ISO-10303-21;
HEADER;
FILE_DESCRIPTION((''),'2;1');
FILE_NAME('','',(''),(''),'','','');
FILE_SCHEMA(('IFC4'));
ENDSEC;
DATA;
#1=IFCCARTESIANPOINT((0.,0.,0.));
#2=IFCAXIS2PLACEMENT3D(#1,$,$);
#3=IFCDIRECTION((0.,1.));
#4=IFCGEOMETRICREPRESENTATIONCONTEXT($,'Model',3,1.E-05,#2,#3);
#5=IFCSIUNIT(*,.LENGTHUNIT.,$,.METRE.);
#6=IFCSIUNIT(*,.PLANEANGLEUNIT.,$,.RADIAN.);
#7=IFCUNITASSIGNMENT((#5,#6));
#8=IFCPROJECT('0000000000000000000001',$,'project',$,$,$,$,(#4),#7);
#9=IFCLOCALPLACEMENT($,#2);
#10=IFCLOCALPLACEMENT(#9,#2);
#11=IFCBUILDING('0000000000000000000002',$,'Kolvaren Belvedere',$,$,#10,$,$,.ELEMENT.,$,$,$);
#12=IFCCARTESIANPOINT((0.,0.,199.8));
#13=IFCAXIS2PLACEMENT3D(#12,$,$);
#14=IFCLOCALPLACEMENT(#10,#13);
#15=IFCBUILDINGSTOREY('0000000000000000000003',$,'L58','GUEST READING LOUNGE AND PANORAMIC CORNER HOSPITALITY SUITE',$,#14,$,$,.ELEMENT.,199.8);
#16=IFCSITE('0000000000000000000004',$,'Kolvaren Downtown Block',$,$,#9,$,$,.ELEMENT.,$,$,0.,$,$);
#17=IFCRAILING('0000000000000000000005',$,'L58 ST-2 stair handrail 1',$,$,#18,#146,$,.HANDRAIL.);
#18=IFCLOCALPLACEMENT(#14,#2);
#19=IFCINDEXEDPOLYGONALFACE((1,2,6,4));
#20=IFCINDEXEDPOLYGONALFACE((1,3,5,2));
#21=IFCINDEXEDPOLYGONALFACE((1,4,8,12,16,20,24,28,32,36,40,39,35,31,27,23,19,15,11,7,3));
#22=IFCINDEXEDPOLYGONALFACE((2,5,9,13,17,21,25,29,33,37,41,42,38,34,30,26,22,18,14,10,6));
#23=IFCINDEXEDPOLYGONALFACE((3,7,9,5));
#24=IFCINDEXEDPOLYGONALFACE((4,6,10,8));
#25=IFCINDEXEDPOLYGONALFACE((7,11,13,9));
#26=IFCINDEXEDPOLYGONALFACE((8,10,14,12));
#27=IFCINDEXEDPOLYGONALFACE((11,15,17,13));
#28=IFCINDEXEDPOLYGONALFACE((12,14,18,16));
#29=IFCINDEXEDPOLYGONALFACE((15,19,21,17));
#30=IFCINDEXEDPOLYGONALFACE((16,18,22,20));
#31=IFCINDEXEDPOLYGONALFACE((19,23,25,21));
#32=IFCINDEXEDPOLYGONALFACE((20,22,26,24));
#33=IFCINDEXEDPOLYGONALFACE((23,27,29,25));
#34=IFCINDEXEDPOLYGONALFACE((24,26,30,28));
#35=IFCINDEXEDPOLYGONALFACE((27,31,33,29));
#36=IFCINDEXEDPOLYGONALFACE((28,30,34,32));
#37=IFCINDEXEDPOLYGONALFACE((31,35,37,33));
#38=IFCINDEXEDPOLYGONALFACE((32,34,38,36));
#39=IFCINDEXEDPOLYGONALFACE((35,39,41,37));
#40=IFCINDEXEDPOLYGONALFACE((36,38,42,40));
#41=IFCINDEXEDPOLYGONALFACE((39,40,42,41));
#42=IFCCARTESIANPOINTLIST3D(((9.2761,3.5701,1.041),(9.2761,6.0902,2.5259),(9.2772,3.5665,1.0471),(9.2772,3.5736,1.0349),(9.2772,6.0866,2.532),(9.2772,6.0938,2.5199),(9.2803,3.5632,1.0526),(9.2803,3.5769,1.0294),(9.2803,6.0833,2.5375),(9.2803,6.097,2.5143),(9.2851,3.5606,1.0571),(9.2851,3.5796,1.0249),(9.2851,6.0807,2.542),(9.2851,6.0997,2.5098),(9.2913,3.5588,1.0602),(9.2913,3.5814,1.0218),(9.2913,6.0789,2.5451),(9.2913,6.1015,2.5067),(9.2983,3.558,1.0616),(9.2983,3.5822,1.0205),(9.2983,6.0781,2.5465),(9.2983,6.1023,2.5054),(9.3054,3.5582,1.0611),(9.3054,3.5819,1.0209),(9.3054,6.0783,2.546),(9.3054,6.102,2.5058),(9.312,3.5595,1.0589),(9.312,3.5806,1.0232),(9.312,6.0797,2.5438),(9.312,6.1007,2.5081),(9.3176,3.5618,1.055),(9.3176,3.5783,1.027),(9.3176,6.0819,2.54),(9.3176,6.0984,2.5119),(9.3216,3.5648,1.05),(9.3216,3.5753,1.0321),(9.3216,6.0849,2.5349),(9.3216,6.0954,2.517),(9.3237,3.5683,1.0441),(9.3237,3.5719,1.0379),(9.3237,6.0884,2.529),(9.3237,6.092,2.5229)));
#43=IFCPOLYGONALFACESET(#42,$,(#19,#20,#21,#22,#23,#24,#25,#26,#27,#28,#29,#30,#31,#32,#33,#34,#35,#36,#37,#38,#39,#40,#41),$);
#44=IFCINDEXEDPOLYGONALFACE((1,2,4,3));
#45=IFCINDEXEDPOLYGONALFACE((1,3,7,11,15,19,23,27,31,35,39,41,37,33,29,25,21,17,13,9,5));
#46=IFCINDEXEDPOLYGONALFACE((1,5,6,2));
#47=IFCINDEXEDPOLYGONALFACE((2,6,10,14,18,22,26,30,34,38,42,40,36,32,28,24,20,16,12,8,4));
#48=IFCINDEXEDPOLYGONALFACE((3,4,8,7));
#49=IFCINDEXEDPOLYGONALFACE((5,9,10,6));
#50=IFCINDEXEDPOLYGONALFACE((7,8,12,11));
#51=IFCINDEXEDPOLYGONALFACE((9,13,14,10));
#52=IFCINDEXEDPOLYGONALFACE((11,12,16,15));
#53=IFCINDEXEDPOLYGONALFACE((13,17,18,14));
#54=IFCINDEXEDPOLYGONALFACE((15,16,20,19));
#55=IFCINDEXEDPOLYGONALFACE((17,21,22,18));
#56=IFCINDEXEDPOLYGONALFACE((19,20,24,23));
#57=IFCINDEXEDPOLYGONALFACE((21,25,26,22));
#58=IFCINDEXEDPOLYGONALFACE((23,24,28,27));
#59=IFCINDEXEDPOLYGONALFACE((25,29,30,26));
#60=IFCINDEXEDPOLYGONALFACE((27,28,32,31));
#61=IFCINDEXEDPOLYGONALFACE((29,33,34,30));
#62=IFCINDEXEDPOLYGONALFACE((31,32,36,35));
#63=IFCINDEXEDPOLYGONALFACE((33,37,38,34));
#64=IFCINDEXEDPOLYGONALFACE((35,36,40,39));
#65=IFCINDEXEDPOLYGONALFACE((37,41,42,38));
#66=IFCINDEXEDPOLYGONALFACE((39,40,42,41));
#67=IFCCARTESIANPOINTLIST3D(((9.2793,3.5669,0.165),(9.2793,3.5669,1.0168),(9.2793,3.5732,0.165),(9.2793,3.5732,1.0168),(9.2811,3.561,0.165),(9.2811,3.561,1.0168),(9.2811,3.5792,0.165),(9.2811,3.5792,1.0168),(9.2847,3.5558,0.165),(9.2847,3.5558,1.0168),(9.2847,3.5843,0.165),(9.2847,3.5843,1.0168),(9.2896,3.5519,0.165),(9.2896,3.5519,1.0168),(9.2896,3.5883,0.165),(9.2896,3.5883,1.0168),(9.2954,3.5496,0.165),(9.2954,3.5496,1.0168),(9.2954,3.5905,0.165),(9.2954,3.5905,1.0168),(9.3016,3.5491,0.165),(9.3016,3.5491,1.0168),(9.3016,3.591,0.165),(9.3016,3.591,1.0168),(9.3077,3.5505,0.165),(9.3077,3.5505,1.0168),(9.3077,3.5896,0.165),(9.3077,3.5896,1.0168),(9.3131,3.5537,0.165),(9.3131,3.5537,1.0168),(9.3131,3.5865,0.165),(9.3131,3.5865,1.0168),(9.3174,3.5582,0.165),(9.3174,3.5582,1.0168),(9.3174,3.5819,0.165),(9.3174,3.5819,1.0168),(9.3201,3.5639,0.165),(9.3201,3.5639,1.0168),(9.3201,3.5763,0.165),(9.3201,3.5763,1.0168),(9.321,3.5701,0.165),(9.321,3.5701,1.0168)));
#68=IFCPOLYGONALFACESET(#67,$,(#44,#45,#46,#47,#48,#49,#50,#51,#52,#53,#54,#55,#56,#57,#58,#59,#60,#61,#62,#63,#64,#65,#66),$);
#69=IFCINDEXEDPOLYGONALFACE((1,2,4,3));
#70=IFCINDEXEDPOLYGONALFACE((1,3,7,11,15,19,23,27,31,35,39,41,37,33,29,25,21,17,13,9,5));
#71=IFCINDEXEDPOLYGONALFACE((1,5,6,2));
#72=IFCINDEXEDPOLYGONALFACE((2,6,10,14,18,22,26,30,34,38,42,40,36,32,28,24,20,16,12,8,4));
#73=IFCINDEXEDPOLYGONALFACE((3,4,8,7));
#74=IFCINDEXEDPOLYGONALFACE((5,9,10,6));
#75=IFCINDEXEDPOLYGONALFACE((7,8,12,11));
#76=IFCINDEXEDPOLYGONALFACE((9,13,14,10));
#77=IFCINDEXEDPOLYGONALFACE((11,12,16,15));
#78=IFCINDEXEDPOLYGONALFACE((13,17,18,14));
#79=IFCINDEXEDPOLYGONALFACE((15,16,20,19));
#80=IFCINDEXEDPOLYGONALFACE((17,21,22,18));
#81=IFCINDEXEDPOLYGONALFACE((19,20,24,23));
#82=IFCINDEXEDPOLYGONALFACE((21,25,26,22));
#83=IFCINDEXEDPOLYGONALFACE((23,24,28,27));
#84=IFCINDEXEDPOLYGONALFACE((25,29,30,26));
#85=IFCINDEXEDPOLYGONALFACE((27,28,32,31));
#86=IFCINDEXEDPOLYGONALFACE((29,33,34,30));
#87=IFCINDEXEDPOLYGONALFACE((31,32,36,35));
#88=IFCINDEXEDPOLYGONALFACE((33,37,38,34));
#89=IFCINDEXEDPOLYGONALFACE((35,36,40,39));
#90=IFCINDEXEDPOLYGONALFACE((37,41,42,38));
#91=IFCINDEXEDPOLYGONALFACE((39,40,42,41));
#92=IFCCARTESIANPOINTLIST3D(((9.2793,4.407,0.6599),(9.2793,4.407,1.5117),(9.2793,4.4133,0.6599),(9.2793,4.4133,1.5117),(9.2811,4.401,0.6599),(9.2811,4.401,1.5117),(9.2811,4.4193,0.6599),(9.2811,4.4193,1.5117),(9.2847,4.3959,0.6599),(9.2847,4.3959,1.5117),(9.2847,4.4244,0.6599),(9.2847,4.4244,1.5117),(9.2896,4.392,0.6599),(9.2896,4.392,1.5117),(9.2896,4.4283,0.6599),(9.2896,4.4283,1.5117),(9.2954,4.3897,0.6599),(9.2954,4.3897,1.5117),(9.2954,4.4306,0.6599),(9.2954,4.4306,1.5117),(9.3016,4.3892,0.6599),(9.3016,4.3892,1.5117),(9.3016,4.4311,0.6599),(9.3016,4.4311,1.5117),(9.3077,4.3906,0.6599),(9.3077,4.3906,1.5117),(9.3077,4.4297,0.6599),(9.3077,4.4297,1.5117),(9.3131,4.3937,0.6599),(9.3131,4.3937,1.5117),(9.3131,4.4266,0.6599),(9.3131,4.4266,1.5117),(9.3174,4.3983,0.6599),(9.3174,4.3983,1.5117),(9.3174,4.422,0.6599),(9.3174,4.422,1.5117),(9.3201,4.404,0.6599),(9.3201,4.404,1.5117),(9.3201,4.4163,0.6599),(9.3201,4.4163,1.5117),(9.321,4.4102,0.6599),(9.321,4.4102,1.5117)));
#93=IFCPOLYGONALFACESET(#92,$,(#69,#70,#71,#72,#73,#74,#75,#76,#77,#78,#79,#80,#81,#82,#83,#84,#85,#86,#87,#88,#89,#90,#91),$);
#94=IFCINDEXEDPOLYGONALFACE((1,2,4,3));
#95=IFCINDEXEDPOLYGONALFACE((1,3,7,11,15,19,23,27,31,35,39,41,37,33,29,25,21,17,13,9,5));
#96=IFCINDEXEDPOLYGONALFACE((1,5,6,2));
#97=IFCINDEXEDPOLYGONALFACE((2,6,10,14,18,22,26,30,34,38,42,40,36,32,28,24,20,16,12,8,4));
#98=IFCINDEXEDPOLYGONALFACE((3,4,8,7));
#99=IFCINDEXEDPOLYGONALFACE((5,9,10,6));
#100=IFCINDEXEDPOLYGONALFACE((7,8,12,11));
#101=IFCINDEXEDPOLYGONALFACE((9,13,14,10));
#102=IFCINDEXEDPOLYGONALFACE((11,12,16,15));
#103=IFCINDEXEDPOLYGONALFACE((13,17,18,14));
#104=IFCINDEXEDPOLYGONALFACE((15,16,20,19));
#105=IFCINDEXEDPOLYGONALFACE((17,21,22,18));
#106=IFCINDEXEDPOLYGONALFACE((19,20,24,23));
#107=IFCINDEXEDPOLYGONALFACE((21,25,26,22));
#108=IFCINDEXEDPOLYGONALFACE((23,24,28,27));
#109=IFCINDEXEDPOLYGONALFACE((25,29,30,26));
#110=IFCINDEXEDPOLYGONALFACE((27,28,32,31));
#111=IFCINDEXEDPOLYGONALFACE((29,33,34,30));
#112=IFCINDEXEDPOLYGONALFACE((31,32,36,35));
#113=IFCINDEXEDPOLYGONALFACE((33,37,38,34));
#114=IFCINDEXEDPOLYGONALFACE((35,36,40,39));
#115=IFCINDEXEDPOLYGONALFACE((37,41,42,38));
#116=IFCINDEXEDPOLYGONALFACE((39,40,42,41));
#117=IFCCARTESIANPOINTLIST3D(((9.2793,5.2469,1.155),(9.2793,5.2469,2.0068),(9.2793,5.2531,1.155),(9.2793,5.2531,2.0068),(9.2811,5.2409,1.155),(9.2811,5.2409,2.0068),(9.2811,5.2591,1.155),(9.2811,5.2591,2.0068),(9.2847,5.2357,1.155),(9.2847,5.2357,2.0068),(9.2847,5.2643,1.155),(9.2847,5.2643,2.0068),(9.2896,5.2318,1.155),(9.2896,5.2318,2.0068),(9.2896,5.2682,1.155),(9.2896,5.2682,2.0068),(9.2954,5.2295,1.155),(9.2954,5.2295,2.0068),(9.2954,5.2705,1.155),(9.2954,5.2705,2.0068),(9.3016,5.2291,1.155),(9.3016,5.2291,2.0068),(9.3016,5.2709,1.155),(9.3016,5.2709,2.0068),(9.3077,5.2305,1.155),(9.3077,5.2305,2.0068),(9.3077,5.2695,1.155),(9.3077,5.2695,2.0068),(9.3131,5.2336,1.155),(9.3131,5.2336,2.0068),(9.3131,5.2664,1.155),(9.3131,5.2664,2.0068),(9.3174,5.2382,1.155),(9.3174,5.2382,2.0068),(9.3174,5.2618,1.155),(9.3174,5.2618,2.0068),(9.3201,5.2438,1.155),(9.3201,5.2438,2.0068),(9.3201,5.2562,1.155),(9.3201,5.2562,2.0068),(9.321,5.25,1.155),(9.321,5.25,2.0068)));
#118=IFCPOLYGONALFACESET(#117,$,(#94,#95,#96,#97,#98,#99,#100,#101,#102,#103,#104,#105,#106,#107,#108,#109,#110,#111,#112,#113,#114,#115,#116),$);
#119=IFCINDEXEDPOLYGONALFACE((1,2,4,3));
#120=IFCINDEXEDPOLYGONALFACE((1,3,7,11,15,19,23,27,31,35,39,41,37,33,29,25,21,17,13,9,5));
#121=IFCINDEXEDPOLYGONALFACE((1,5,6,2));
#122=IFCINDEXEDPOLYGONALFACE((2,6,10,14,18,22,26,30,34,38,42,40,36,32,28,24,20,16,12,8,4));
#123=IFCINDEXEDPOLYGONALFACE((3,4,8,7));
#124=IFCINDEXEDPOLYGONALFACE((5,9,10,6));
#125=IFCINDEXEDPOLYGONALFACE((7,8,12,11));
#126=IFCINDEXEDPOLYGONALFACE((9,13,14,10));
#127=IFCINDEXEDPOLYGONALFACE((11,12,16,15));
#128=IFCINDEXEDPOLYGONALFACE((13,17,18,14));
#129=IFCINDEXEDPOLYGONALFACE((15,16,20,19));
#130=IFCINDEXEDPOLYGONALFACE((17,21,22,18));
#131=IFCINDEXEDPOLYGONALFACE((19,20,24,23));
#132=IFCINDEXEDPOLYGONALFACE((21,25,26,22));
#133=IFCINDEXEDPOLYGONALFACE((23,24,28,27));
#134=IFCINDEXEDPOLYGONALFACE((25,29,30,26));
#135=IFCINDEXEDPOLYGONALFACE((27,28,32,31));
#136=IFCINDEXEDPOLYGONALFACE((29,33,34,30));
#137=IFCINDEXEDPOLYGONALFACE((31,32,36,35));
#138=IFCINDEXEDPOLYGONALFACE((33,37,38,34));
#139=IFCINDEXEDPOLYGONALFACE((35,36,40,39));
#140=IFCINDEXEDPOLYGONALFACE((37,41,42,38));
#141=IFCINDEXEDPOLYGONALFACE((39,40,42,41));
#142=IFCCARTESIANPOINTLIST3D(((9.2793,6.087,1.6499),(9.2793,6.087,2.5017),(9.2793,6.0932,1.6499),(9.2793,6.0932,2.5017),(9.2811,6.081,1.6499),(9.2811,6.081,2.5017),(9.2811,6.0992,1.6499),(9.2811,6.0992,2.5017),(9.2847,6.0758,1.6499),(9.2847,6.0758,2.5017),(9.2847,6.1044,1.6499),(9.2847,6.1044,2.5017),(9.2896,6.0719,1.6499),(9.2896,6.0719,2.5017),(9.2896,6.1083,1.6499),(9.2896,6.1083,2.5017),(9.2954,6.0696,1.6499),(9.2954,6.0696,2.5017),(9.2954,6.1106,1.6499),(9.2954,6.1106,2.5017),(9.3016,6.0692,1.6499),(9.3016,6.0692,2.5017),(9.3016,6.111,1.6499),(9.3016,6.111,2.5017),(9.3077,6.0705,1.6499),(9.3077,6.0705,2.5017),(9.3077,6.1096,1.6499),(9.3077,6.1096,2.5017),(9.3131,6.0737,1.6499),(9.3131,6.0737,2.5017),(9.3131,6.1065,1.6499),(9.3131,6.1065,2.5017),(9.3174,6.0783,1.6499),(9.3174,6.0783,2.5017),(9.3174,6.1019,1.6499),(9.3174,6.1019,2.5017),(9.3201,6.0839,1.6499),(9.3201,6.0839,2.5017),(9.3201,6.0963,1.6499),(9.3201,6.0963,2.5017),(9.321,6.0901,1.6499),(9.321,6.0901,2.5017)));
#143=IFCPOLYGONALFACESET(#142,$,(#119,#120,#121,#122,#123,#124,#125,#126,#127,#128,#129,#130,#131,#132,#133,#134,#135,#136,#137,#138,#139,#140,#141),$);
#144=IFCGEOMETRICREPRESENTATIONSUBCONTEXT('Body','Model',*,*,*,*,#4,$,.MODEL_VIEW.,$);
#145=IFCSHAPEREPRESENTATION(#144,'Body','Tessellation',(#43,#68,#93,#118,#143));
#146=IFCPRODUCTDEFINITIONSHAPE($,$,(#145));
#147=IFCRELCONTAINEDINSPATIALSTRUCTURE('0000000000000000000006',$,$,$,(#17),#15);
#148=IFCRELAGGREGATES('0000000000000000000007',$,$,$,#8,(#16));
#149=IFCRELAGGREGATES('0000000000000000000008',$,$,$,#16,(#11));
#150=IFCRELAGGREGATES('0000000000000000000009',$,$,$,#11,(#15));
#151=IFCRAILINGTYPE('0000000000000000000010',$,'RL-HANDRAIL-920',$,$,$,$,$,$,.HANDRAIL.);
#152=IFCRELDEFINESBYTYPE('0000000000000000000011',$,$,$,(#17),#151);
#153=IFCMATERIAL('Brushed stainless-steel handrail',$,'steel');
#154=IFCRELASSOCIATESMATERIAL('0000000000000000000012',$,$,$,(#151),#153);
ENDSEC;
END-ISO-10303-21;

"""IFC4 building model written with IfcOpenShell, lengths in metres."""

from ifc_helpers import new_model, si_unit, direction, frame, origin, origin_2d, place, context, subcontext, project, spatial, circle, extrude, material, type_object, element, save


model = new_model("IFC4")

# Units and contexts
model_context = context("Model", 3, precision=1e-05, world=origin(), true_north=direction((0.0, 1.0)))
body_context = subcontext(model_context, "Body", "Model", "MODEL_VIEW")
ifc_project = project(units=[si_unit("LENGTHUNIT", "METRE"), si_unit("PLANEANGLEUNIT", "RADIAN")], contexts=[model_context])

# Site, building, storey
site_placement = place(None, origin())
site = spatial("IfcSite", under=ifc_project, at=site_placement, Name="Kolvaren Downtown Block", CompositionType="ELEMENT", RefElevation=0.0)
building_placement = place(site_placement, origin())
building = spatial("IfcBuilding", under=site, at=building_placement, Name="Kolvaren Belvedere", CompositionType="ELEMENT")
storey_placement = place(building_placement, frame((0.0, 0.0, 199.8)))
storey = spatial("IfcBuildingStorey", under=building, at=storey_placement, Name="L58", Description="GUEST READING LOUNGE AND PANORAMIC CORNER HOSPITALITY SUITE", CompositionType="ELEMENT", Elevation=199.8)

# Railing
ifc_material_1 = material(Name="Brushed stainless-steel handrail", Category="steel")
railing_type_1 = type_object("IfcRailingType", Name="RL-HANDRAIL-920", PredefinedType="HANDRAIL", material=ifc_material_1)
railing_1_placement = place(storey_placement, frame((9.3, 3.5701, 0.165)))
element("IfcRailing", 1, at=railing_1_placement, inside=storey, type_object=railing_type_1, Name="L58 ST-2 stair handrail 1", PredefinedType="HANDRAIL", context=body_context, shape_type="SweptSolid", body=[
    extrude(circle(Radius=0.0239, at=origin_2d()), frame((0.0, 0.0, 0.876), z_axis=(0.0, 0.861561, 0.507655), x_axis=(-1.0, 0.0, 0.0)), (0.0, 0.0, 1.0), 2.925),
    extrude(circle(Radius=0.021, at=origin_2d()), origin(), (0.0, 0.0, 1.0), 0.8518),
    extrude(circle(Radius=0.021, at=origin_2d()), frame((0.0, 0.8401, 0.4949)), (0.0, 0.0, 1.0), 0.8518),
    extrude(circle(Radius=0.021, at=origin_2d()), frame((0.0, 1.6799, 0.99)), (0.0, 0.0, 1.0), 0.8518),
    extrude(circle(Radius=0.021, at=origin_2d()), frame((0.0, 2.52, 1.4849)), (0.0, 0.0, 1.0), 0.8518),
])

save(model, "model.ifc")
